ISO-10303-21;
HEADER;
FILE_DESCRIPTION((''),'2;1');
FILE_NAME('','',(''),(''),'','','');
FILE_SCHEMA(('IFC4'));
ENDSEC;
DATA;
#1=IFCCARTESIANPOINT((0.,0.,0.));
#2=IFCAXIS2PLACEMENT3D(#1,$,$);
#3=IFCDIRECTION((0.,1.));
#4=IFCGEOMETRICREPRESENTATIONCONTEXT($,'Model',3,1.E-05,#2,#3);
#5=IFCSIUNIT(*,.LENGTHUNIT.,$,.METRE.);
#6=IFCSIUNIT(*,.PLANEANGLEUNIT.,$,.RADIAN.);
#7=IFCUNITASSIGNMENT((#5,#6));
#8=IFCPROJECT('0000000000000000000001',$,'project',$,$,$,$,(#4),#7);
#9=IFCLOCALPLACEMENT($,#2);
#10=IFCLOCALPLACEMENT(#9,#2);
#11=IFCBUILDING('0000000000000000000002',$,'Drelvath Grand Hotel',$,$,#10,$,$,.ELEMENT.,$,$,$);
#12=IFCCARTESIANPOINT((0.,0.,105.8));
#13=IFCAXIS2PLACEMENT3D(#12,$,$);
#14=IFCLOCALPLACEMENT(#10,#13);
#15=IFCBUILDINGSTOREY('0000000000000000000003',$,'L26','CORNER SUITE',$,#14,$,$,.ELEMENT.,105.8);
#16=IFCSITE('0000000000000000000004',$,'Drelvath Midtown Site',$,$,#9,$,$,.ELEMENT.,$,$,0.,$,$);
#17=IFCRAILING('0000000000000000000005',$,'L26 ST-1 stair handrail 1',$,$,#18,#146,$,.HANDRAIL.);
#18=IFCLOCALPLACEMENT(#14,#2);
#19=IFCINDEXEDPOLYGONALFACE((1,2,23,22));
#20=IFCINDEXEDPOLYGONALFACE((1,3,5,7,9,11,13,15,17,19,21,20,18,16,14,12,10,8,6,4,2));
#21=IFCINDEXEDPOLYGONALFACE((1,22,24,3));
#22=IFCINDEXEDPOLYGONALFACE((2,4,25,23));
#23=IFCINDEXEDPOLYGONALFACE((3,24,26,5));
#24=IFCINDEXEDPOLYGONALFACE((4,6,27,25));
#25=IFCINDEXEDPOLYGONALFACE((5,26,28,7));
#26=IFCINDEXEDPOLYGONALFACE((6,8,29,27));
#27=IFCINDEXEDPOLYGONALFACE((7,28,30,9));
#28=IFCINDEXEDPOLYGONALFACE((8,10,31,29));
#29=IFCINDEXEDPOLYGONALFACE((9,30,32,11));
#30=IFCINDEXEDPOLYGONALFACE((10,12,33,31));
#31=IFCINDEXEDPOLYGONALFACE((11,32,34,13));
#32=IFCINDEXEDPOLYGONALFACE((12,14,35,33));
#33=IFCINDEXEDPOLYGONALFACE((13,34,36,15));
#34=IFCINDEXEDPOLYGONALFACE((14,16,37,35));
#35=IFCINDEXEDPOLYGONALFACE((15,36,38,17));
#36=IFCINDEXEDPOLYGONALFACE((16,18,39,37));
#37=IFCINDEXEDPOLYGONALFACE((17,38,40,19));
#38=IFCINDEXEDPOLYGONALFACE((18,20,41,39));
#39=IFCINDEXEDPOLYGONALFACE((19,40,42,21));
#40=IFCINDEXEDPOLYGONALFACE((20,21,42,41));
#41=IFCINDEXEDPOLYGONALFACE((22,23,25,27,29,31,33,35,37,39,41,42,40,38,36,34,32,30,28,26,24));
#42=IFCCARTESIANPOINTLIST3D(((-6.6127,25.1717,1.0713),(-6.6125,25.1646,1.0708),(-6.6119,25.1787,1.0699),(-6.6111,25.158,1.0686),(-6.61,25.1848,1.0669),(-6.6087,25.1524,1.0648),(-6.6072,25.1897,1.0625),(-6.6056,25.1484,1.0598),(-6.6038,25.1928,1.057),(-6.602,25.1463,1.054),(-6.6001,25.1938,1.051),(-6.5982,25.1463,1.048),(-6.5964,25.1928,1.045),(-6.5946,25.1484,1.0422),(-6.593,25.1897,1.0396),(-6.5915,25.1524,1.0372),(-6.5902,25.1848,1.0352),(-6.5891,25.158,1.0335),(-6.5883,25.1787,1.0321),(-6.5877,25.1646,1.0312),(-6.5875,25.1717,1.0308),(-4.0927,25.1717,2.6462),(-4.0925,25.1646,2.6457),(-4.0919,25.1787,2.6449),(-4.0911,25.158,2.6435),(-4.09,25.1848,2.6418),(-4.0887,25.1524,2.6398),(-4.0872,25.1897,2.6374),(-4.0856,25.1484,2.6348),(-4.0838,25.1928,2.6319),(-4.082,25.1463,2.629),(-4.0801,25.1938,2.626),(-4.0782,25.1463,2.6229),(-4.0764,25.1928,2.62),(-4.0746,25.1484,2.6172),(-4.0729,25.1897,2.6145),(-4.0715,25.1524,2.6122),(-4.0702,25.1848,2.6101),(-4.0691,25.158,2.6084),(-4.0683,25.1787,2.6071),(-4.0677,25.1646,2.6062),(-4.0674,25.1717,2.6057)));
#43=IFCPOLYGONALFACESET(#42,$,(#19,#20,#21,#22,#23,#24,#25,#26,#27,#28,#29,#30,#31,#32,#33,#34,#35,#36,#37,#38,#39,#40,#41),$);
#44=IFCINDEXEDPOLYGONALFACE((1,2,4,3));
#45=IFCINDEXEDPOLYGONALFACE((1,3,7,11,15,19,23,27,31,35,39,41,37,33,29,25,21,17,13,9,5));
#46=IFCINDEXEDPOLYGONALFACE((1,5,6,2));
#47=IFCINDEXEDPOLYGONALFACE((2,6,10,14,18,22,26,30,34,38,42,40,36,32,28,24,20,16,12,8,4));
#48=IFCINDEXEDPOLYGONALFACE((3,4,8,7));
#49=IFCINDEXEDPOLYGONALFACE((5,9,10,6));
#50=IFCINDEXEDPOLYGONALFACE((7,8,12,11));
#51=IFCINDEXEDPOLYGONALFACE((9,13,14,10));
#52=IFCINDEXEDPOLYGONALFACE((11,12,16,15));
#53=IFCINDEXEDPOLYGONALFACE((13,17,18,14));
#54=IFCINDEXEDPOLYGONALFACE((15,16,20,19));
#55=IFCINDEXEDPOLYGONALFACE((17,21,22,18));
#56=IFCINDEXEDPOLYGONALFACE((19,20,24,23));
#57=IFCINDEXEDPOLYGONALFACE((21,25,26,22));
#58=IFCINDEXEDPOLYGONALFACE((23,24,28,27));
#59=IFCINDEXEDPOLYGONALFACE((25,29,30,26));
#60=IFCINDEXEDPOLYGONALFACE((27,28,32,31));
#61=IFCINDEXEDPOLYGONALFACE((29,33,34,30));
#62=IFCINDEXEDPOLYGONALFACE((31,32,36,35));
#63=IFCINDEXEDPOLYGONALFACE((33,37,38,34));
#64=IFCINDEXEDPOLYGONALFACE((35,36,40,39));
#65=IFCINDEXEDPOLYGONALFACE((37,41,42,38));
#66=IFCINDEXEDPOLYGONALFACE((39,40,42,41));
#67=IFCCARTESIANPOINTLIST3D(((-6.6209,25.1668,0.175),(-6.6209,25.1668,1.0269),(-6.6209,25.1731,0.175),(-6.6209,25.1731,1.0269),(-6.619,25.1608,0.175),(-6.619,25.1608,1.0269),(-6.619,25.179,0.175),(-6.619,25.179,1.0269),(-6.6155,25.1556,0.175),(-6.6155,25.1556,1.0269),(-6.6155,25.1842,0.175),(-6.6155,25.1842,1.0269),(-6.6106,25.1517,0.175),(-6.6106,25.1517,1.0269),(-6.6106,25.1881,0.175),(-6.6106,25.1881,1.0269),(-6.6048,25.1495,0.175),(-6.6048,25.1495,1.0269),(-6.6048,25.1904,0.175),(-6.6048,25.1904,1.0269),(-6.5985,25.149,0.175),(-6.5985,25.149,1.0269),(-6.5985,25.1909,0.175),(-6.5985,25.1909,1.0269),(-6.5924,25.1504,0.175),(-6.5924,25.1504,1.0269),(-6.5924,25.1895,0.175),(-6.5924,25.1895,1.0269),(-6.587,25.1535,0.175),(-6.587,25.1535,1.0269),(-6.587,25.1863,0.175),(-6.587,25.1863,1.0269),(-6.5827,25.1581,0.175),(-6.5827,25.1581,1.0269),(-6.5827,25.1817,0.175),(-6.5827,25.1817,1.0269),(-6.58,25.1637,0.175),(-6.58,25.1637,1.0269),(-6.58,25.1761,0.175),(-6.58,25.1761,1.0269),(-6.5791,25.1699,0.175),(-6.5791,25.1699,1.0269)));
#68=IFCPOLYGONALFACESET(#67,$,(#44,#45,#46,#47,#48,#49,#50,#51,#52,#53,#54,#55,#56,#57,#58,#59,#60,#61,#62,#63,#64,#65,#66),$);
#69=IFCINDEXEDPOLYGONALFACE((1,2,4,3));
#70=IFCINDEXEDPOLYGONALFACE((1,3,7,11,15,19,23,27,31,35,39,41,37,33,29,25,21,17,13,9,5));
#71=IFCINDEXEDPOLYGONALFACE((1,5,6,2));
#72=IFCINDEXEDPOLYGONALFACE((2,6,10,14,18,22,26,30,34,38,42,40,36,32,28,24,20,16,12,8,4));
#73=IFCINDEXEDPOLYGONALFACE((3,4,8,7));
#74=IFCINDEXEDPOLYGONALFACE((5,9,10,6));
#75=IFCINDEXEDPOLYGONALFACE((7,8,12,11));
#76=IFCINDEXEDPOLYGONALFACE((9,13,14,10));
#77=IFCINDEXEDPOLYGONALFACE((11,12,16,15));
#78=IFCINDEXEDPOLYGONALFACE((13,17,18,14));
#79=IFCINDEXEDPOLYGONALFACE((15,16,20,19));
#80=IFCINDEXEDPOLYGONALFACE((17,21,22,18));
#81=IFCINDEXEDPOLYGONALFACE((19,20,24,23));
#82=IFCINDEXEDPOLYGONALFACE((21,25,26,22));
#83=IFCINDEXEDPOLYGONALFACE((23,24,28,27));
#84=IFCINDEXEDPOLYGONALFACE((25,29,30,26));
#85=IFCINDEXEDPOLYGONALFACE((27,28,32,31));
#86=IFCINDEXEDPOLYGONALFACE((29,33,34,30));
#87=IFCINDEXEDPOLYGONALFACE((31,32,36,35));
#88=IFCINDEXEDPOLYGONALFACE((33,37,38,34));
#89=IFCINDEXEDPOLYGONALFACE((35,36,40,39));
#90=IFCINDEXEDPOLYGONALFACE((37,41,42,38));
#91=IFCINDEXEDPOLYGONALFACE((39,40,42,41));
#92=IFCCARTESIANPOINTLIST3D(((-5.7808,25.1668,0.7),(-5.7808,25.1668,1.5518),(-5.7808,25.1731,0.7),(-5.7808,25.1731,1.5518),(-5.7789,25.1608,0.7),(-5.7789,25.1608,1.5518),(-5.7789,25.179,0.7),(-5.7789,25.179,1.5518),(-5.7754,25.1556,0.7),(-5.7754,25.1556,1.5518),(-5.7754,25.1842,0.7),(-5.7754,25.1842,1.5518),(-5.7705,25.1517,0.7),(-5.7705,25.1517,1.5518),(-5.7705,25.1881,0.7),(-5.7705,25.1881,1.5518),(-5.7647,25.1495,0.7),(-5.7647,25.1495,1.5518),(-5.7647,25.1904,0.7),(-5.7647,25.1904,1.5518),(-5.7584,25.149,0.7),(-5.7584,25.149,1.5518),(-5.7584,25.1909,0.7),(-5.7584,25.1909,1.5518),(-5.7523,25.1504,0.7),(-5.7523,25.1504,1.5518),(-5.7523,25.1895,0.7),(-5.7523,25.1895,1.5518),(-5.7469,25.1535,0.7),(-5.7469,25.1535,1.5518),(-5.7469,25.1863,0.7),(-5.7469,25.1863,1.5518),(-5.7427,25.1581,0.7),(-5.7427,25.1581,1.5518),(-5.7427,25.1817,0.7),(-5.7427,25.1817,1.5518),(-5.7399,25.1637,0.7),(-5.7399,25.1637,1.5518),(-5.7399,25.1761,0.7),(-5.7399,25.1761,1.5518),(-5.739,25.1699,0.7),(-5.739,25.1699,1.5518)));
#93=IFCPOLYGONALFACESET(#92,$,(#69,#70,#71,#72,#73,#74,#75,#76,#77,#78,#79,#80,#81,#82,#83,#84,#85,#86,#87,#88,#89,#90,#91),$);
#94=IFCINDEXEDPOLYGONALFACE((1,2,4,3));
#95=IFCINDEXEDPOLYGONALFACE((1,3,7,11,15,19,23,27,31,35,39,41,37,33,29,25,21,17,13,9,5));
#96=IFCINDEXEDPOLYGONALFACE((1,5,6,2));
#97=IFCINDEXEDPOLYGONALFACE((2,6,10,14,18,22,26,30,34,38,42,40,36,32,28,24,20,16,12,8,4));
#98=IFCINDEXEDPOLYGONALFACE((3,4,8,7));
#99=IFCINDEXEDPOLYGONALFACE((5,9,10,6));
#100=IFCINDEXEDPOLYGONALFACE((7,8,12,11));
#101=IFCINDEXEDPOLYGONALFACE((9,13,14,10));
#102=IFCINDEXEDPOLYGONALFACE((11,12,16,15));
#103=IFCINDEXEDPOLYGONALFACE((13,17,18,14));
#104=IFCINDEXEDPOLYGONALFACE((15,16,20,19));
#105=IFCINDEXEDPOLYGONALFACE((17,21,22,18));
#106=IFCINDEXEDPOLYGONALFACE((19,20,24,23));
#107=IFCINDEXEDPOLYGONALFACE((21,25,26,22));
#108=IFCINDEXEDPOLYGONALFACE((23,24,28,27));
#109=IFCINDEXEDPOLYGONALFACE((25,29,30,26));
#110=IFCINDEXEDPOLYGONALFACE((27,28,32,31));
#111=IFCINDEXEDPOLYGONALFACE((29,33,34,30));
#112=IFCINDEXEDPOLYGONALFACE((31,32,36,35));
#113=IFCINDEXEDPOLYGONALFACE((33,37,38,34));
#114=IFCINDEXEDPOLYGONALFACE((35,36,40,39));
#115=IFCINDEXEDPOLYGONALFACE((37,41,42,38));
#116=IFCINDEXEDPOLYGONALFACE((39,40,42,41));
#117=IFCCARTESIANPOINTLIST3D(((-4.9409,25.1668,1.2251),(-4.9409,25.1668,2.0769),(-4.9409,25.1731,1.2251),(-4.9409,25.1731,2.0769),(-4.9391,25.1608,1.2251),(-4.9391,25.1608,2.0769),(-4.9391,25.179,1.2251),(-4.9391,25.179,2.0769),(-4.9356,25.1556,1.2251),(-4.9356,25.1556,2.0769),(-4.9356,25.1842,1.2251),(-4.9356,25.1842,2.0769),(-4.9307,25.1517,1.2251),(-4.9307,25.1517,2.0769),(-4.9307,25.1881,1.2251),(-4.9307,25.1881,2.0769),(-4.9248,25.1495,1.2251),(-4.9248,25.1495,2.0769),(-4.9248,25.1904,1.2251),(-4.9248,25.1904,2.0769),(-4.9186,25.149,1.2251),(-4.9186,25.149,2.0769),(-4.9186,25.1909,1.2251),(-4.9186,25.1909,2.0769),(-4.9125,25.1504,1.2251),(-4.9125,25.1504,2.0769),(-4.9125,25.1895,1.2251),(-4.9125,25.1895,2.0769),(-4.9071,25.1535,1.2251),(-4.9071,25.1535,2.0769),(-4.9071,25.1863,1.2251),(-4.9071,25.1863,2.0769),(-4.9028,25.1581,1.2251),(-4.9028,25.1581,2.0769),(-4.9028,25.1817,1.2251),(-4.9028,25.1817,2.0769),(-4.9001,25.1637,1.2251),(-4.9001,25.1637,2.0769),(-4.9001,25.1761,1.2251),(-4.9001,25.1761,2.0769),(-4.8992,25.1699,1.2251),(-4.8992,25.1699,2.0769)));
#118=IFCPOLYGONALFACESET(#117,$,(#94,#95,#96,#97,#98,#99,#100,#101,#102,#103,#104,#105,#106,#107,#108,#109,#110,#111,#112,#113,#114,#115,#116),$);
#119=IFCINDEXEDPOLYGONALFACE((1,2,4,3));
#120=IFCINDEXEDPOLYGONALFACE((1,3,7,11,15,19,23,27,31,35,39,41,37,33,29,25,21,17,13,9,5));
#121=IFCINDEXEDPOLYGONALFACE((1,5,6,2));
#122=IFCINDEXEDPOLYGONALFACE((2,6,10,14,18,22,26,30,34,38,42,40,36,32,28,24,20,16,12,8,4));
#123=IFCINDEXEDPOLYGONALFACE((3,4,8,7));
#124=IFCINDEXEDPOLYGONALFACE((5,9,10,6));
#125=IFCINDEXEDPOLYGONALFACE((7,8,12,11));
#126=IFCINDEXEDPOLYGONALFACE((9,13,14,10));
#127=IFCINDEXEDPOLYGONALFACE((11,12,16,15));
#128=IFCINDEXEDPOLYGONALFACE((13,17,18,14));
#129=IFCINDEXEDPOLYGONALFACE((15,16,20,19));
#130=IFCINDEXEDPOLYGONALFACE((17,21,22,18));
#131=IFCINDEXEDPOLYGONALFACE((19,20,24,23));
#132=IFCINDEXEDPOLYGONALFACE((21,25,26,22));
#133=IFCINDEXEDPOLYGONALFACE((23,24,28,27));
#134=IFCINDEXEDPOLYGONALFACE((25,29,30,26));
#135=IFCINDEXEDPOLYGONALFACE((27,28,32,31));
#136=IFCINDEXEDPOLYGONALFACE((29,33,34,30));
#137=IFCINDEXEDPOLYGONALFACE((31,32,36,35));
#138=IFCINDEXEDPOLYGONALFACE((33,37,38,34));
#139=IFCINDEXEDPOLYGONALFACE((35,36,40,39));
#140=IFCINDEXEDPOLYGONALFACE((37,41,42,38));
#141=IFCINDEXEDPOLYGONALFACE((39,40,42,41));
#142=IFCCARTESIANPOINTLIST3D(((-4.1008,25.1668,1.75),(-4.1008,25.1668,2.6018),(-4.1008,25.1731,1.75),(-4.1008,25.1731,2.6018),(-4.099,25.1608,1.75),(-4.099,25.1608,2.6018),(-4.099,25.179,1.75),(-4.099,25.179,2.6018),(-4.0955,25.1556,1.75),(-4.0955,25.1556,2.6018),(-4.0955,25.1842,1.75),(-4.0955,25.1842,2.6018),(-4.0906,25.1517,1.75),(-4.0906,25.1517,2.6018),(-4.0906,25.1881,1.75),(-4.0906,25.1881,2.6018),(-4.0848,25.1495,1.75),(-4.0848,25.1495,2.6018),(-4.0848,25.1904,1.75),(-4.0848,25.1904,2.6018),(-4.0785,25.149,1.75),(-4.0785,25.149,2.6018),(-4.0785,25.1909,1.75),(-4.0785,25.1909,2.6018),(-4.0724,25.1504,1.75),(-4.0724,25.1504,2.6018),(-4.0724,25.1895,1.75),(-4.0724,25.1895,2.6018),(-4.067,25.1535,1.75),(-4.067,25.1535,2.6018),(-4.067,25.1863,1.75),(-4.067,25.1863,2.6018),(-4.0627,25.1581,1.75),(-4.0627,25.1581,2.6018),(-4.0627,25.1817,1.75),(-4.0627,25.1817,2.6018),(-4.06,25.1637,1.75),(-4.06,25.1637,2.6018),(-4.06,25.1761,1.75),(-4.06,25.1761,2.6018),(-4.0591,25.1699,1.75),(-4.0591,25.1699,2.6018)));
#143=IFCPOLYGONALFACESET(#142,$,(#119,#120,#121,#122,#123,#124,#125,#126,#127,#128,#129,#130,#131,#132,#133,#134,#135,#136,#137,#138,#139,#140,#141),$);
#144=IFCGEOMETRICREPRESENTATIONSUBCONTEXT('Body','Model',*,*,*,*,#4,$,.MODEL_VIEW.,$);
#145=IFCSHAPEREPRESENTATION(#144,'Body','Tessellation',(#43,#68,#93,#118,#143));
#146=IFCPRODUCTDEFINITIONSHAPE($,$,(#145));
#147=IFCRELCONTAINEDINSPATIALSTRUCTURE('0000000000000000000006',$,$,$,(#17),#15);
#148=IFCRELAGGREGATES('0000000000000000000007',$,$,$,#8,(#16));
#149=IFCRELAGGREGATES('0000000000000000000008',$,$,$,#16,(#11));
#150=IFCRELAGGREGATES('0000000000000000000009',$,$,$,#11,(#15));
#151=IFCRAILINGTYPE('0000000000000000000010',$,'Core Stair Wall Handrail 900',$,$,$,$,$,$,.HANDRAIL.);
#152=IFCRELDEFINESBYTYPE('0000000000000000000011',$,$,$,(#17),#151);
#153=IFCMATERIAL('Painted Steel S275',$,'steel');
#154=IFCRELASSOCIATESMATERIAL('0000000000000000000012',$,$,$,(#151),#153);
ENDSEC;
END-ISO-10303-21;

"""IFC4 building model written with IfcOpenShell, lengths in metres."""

from ifc_helpers import new_model, si_unit, direction, frame, origin, origin_2d, place, context, subcontext, project, spatial, circle, extrude, material, type_object, element, save


model = new_model("IFC4")

# Units and contexts
model_context = context("Model", 3, precision=1e-05, world=origin(), true_north=direction((0.0, 1.0)))
body_context = subcontext(model_context, "Body", "Model", "MODEL_VIEW")
ifc_project = project(units=[si_unit("LENGTHUNIT", "METRE"), si_unit("PLANEANGLEUNIT", "RADIAN")], contexts=[model_context])

# Site, building, storey
site_placement = place(None, origin())
site = spatial("IfcSite", under=ifc_project, at=site_placement, Name="Drelvath Midtown Site", CompositionType="ELEMENT", RefElevation=0.0)
building_placement = place(site_placement, origin())
building = spatial("IfcBuilding", under=site, at=building_placement, Name="Drelvath Grand Hotel", CompositionType="ELEMENT")
storey_placement = place(building_placement, frame((0.0, 0.0, 105.8)))
storey = spatial("IfcBuildingStorey", under=building, at=storey_placement, Name="L26", Description="CORNER SUITE", CompositionType="ELEMENT", Elevation=105.8)

# Shared definitions
ifc_material_1 = material(Name="Painted Steel S275", Category="steel")

# Railing
railing_type_1 = type_object("IfcRailingType", Name="Core Stair Wall Handrail 900", PredefinedType="HANDRAIL", material=ifc_material_1)
railing_1_placement = place(storey_placement, frame((-6.6001, 25.1699, 0.175)))
element("IfcRailing", 1, at=railing_1_placement, inside=storey, type_object=railing_type_1, Name="L26 ST-1 stair handrail 1", PredefinedType="HANDRAIL", context=body_context, shape_type="SweptSolid", body=[
    extrude(circle(Radius=0.0239, at=origin_2d()), frame((0.0, 0.0, 0.876), z_axis=(0.848008, 0.0, 0.529984), x_axis=(0.0, 1.0, 0.0)), (0.0, 0.0, 1.0), 2.9717),
    extrude(circle(Radius=0.021, at=origin_2d()), origin(), (0.0, 0.0, 1.0), 0.8518),
    extrude(circle(Radius=0.021, at=origin_2d()), frame((0.8401, 0.0, 0.5249)), (0.0, 0.0, 1.0), 0.8518),
    extrude(circle(Radius=0.021, at=origin_2d()), frame((1.6799, 0.0, 1.05)), (0.0, 0.0, 1.0), 0.8518),
    extrude(circle(Radius=0.021, at=origin_2d()), frame((2.52, 0.0, 1.575)), (0.0, 0.0, 1.0), 0.8518),
])

save(model, "model.ifc")
